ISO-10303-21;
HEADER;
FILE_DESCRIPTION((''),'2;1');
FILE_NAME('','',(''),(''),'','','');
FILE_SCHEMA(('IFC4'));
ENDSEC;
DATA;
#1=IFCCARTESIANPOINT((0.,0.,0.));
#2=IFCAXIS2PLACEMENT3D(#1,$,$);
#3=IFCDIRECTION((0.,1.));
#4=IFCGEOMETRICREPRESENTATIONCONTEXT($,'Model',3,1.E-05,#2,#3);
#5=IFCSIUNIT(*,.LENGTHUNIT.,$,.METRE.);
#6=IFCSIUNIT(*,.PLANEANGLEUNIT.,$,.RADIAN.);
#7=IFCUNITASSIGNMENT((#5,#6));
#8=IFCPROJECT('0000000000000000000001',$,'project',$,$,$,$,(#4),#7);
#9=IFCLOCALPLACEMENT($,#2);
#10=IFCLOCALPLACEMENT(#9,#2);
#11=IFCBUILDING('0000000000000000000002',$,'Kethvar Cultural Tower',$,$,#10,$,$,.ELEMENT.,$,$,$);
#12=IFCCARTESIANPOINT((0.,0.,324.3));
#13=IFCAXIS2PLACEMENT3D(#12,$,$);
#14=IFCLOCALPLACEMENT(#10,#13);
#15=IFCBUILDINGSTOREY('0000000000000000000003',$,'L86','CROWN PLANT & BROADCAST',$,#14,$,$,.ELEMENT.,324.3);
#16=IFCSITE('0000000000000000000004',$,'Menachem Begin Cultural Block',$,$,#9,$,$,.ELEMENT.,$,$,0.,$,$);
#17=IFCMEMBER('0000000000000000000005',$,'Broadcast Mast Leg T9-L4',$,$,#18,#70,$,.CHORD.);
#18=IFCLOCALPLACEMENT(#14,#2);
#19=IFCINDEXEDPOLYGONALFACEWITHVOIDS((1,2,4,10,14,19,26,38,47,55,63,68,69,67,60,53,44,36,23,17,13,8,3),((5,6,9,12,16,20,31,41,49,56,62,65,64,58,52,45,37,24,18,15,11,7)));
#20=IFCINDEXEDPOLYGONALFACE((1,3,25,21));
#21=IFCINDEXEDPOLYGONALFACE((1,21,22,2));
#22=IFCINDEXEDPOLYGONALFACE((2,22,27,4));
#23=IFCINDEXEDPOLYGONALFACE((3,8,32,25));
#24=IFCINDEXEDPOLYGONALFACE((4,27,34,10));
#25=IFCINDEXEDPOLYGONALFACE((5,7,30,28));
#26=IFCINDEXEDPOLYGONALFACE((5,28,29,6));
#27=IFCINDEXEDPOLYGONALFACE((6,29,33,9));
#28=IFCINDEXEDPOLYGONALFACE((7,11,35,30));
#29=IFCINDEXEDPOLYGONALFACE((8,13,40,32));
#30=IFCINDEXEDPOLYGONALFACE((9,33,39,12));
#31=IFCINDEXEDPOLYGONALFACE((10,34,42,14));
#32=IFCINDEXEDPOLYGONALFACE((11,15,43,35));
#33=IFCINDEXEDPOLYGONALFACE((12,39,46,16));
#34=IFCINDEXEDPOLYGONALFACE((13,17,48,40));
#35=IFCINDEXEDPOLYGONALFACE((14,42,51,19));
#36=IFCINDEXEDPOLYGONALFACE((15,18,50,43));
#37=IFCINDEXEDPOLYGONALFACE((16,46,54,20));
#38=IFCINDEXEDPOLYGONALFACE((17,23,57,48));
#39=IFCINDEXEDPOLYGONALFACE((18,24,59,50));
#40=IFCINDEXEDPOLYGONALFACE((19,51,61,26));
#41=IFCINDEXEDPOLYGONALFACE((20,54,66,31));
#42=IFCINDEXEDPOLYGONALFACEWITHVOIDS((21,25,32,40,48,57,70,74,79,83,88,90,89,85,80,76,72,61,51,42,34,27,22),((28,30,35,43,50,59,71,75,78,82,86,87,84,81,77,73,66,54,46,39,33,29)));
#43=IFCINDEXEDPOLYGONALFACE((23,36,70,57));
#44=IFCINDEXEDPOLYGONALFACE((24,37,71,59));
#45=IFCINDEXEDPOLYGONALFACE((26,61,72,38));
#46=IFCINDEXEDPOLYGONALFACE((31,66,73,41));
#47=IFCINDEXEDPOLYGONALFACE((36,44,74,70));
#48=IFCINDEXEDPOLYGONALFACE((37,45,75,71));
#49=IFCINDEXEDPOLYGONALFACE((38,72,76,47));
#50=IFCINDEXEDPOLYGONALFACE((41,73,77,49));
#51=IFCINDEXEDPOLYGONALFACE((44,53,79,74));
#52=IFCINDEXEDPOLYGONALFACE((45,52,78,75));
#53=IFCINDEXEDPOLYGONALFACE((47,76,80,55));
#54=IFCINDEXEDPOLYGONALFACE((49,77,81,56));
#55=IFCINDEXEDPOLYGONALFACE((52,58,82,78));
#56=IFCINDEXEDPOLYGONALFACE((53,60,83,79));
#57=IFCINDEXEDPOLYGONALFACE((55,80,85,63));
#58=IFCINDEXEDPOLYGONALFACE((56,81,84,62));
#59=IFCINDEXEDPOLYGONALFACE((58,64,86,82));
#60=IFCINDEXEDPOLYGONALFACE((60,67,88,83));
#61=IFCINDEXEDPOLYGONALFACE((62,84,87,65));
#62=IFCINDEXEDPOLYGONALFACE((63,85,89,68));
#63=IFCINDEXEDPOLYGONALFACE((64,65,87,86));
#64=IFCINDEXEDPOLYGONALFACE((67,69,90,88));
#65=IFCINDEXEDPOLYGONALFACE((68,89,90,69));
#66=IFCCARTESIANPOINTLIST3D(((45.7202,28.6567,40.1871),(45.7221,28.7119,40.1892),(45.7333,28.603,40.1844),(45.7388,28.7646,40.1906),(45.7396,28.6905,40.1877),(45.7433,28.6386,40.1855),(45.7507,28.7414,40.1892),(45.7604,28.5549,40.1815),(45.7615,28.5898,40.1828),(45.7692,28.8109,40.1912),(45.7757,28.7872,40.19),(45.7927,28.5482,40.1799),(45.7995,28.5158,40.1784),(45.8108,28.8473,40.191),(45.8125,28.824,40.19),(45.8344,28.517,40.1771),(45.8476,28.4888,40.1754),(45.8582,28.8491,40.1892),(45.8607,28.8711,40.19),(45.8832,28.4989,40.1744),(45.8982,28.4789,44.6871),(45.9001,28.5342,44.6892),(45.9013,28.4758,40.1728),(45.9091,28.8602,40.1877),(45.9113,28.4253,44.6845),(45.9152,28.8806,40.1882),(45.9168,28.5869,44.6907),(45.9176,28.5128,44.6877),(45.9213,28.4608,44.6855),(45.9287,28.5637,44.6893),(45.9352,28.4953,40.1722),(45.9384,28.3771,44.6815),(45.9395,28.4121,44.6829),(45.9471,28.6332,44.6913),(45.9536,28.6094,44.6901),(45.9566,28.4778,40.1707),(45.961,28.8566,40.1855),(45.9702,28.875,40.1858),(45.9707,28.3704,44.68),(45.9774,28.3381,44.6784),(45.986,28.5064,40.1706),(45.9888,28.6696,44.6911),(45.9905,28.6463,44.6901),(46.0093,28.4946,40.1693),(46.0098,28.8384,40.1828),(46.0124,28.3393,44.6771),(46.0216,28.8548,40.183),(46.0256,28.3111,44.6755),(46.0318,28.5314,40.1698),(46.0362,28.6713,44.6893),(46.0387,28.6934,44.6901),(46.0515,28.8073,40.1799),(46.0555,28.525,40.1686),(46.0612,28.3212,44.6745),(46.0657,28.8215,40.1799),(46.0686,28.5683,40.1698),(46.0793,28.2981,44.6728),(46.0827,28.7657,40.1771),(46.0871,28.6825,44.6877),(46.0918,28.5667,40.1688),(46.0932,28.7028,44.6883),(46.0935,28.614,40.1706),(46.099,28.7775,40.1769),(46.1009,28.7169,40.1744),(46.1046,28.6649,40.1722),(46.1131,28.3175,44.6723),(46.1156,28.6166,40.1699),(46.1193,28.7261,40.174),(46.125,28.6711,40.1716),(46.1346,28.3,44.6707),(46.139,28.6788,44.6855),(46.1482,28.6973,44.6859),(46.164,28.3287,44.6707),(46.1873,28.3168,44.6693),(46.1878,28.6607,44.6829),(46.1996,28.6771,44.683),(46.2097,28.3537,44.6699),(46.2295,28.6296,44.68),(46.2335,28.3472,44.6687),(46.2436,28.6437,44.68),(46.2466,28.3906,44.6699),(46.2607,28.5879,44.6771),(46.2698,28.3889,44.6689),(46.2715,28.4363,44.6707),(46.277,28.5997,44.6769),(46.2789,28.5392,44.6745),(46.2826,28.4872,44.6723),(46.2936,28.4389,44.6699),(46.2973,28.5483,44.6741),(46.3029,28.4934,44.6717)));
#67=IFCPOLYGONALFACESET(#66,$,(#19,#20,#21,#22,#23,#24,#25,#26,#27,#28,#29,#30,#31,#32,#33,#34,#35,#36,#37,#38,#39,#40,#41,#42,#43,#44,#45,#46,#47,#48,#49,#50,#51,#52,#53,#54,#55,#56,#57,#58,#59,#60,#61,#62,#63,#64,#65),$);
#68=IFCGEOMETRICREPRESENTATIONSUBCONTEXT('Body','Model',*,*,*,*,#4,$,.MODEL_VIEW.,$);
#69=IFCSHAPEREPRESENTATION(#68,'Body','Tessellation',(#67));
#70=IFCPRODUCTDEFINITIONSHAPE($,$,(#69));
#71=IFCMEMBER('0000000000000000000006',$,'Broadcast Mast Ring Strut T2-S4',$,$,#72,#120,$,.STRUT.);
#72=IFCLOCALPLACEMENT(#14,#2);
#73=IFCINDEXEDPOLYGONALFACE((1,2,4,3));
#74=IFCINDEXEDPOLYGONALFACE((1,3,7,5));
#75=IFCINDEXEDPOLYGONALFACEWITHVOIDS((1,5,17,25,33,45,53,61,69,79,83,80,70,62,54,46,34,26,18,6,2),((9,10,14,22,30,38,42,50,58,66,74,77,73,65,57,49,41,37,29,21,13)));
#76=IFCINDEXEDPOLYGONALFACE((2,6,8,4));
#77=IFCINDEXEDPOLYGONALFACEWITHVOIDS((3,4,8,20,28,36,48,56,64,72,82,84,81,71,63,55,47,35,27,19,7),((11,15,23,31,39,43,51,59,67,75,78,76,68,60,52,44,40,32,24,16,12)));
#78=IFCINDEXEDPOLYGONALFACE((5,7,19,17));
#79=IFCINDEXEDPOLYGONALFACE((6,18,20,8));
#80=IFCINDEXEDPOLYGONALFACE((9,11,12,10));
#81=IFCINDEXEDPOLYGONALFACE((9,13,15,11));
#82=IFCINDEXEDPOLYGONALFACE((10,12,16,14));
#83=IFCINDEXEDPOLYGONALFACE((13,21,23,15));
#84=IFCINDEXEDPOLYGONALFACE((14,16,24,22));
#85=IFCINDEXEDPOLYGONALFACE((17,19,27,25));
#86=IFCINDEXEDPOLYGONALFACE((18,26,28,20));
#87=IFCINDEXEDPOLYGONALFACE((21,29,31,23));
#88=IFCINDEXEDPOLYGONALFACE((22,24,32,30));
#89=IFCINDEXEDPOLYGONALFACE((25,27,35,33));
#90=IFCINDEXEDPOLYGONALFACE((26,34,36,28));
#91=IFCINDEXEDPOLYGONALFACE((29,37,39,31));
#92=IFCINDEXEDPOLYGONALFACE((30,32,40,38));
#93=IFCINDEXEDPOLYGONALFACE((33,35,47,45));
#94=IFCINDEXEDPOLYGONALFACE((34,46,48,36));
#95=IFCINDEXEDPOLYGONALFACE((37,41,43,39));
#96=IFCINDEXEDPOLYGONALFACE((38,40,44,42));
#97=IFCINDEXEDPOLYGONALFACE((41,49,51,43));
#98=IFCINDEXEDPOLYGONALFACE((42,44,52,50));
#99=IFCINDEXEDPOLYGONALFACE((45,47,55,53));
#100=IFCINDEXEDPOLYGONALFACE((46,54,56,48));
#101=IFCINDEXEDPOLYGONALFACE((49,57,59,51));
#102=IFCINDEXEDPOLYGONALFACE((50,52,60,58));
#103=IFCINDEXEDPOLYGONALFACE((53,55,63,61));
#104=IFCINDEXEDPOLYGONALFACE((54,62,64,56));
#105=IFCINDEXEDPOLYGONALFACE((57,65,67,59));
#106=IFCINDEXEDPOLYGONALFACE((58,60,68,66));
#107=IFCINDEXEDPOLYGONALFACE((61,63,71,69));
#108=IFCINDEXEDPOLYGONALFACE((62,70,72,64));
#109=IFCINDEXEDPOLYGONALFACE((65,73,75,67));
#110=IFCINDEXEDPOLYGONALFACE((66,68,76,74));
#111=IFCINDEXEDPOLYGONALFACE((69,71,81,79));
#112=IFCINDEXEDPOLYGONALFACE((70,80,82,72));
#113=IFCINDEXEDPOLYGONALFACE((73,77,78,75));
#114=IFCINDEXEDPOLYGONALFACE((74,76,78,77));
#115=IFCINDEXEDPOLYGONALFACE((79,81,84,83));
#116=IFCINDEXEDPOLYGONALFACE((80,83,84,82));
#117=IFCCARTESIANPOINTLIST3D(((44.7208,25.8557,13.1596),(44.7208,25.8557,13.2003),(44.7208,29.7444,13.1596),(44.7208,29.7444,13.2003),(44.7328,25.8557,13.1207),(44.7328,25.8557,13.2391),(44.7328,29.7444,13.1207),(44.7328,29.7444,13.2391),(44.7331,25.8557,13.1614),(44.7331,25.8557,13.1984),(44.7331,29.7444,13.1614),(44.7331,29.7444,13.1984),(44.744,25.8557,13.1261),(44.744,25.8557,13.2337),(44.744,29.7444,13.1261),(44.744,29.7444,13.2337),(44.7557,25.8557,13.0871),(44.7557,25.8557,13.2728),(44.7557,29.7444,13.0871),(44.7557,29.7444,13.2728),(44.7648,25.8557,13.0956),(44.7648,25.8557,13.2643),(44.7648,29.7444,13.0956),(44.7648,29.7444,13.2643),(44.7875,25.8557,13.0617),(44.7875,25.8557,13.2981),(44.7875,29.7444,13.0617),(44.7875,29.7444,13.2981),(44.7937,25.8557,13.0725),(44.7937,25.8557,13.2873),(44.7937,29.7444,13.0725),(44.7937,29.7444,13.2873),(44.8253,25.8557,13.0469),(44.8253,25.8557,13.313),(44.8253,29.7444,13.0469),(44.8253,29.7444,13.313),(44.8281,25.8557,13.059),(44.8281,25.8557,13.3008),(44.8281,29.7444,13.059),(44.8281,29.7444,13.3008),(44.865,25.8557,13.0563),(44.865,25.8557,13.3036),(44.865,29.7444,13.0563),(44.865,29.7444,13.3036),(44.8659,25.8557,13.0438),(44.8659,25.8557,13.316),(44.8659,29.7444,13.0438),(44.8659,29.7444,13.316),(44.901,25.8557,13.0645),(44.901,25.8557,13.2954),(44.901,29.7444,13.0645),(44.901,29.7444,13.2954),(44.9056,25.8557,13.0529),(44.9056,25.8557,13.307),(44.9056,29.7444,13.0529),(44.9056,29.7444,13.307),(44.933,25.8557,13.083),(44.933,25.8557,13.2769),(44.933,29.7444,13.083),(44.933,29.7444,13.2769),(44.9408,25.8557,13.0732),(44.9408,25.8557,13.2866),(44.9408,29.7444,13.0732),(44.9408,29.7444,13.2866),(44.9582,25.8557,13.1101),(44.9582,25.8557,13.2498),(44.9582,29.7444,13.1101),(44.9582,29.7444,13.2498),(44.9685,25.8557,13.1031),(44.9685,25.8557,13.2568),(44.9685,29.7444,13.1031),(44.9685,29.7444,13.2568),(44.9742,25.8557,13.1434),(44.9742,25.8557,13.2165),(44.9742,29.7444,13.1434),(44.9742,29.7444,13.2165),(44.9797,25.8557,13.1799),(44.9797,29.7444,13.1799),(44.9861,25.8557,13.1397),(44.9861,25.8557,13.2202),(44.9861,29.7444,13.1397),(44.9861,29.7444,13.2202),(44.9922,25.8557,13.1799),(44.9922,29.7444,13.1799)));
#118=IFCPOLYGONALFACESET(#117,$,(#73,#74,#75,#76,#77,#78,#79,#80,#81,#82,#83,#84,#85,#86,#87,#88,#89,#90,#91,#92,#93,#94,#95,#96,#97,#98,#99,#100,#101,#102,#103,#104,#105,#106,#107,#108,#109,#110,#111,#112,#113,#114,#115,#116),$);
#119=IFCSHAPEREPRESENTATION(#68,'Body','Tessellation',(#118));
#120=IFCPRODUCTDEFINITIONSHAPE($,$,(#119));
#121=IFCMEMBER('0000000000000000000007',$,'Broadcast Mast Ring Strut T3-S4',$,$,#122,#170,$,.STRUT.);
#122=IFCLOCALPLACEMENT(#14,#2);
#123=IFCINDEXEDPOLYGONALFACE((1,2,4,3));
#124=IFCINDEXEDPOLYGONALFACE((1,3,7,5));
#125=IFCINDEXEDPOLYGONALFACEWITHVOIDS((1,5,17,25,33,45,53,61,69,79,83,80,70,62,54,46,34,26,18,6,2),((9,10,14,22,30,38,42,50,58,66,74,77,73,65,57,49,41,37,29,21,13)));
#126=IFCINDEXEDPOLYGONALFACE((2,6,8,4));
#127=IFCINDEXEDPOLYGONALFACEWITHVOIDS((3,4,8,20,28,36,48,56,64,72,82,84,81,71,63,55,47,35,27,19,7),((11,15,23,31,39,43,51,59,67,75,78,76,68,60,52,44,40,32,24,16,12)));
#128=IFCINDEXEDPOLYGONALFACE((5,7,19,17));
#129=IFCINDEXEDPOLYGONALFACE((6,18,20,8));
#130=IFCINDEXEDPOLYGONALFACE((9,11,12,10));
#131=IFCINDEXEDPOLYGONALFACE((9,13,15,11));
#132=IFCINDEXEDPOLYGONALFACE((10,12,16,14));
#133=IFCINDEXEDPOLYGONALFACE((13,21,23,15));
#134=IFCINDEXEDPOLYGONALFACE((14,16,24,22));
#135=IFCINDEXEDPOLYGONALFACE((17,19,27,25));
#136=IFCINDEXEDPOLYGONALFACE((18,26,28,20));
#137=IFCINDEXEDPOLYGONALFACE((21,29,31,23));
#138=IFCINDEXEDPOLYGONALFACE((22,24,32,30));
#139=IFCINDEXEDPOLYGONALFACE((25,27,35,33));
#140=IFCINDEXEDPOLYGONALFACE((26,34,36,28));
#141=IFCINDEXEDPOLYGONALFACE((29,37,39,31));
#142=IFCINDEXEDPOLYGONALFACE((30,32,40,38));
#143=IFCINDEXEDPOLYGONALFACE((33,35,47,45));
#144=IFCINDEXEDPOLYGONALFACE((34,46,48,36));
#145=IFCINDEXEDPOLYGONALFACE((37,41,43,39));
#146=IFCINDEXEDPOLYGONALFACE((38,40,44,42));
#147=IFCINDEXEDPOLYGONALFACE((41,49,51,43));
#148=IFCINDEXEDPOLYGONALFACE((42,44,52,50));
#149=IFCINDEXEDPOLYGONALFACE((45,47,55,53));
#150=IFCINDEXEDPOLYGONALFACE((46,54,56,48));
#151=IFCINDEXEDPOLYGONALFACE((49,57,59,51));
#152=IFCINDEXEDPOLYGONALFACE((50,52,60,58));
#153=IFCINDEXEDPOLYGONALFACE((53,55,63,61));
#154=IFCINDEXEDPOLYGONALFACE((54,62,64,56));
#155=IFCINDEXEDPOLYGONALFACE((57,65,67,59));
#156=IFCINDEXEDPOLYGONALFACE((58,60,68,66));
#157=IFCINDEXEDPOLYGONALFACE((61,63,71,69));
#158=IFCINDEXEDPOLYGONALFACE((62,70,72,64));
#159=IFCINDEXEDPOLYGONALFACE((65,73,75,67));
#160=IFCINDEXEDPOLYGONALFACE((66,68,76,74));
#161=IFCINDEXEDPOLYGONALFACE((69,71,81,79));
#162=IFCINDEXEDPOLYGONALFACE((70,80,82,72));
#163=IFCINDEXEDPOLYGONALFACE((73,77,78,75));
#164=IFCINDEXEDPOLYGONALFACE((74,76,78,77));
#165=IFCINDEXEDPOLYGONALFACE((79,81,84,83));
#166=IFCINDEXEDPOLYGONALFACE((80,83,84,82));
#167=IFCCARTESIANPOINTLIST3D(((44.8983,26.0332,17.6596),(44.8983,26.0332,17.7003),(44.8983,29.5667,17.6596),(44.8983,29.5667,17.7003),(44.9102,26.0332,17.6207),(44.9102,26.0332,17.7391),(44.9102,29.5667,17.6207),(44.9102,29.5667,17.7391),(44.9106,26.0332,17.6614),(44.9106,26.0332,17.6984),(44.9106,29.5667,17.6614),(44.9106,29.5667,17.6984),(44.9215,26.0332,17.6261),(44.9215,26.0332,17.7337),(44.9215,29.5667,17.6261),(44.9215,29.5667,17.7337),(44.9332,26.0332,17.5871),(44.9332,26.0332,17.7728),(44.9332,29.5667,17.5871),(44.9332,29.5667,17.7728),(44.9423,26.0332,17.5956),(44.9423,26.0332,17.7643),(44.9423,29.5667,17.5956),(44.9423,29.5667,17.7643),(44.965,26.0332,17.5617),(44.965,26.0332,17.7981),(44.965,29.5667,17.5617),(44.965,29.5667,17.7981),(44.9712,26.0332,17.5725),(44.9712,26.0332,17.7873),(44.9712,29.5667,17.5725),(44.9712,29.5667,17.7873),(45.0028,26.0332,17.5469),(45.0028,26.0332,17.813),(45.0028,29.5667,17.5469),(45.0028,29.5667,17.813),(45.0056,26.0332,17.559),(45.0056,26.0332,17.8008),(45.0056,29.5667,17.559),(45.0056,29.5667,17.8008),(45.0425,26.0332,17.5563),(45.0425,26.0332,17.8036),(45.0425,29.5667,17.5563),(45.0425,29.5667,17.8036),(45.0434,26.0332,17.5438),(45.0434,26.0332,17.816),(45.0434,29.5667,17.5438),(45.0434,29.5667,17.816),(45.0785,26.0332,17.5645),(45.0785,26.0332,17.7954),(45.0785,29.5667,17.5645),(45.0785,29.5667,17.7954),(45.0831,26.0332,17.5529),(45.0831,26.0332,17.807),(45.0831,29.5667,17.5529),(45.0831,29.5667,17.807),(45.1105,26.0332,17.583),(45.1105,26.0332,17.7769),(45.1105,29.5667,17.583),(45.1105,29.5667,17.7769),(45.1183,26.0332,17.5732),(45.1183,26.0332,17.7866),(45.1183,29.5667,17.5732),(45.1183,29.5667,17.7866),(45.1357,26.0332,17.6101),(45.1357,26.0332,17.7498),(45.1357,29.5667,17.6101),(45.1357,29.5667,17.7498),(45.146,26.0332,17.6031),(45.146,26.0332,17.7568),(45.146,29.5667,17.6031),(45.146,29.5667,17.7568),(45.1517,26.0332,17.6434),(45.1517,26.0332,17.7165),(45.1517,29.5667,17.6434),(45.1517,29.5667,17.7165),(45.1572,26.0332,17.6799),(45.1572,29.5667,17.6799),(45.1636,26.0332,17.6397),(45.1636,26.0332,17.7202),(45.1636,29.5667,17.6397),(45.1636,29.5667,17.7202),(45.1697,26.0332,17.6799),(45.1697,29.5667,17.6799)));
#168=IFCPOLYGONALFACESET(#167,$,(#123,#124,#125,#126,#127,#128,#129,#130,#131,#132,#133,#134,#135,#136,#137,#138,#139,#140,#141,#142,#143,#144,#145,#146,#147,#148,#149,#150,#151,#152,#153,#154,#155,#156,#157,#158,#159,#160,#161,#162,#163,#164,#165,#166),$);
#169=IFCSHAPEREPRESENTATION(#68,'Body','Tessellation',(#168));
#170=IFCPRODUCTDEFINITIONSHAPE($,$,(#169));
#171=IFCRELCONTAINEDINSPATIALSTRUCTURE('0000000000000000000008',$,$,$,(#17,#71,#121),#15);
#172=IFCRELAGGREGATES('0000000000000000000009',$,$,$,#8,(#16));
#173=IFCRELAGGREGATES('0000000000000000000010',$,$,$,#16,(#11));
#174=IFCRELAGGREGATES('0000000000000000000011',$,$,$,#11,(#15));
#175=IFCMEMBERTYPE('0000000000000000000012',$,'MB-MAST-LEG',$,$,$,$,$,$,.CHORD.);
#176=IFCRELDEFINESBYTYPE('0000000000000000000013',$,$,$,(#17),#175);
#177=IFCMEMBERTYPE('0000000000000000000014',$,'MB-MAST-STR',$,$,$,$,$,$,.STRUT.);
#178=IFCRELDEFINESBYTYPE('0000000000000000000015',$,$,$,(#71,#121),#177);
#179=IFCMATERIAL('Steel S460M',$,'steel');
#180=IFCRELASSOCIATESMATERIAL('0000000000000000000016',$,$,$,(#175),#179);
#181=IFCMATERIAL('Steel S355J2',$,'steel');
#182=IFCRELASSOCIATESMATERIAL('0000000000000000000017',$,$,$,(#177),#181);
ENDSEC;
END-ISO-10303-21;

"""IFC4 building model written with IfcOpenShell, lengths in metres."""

from ifc_helpers import new_model, si_unit, direction, frame, origin, origin_2d, place, context, subcontext, project, spatial, hollow_circle, extrude, source, transform, mapped, material, material_profile, profile_set, type_object, element, save


model = new_model("IFC4")

# Units and contexts
model_context = context("Model", 3, precision=1e-05, world=origin(), true_north=direction((0.0, 1.0)))
body_context = subcontext(model_context, "Body", "Model", "MODEL_VIEW")
ifc_project = project(units=[si_unit("LENGTHUNIT", "METRE"), si_unit("PLANEANGLEUNIT", "RADIAN")], contexts=[model_context])

# Site, building, storey
site_placement = place(None, origin())
site = spatial("IfcSite", under=ifc_project, at=site_placement, Name="Menachem Begin Cultural Block", CompositionType="ELEMENT", RefElevation=0.0)
building_placement = place(site_placement, origin())
building = spatial("IfcBuilding", under=site, at=building_placement, Name="Kethvar Cultural Tower", CompositionType="ELEMENT")
storey_placement = place(building_placement, frame((0.0, 0.0, 324.3)))
storey = spatial("IfcBuildingStorey", under=building, at=storey_placement, Name="L86", Description="CROWN PLANT & BROADCAST", CompositionType="ELEMENT", Elevation=324.3)

# Shared definitions
ifc_material_1 = material(Name="Steel S355J2", Category="steel")

# Members
ifc_material_2 = material(Name="Steel S460M", Category="steel")
ifc_material_profile_1 = material_profile(ifc_material_2, hollow_circle(Radius=0.2031, WallThickness=0.02, at=origin_2d()), Name="Steel S460M — CHS406x20")
ifc_profile_set_1 = profile_set([ifc_material_profile_1], Name="Steel S460M — CHS406x20")
member_type_1 = type_object("IfcMemberType", Name="MB-MAST-LEG", PredefinedType="CHORD", material=ifc_profile_set_1)
shared_shape_1 = source(origin(), body_context, "Body", "SweptSolid", [
    extrude(hollow_circle(Radius=0.2031, WallThickness=0.02, at=origin_2d()), origin(), (0.0, 0.0, 1.0), 4.5071),
])
for number, where, z_axis, x_axis, name in (
    (1, (45.9221, 28.6777, 40.1799), (0.039489, -0.039435, 0.998442), (0.706621, 0.707592, 0.0), "Broadcast Mast Leg T9-L4"),
):
    element("IfcMember", number, at=place(storey_placement, frame(where, z_axis=z_axis, x_axis=x_axis)), inside=storey, type_object=member_type_1, Name=name, PredefinedType="CHORD", context=body_context, shape_type="MappedRepresentation", body=[
        mapped(shared_shape_1, transform((0.0, 0.0, 0.0), scale=1.0)),
    ])
ifc_material_profile_2 = material_profile(ifc_material_1, hollow_circle(Radius=0.1365, WallThickness=0.0125, at=origin_2d()), Name="Steel S355J2 — CHS273x12.5")
ifc_profile_set_2 = profile_set([ifc_material_profile_2], Name="Steel S355J2 — CHS273x12.5")
member_type_2 = type_object("IfcMemberType", Name="MB-MAST-STR", PredefinedType="STRUT", material=ifc_profile_set_2)
shared_shape_2 = source(origin(), body_context, "Body", "SweptSolid", [
    extrude(hollow_circle(Radius=0.1365, WallThickness=0.0125, at=origin_2d()), origin(), (0.0, 0.0, 1.0), 3.8887),
])
member_1_placement = place(storey_placement, frame((44.8557, 29.7444, 13.1799), z_axis=(0.0, -1.0, 0.0), x_axis=(1.0, 0.0, 0.0)))
element("IfcMember", 2, at=member_1_placement, inside=storey, type_object=member_type_2, Name="Broadcast Mast Ring Strut T2-S4", PredefinedType="STRUT", context=body_context, shape_type="MappedRepresentation", body=[
    mapped(shared_shape_2, transform((0.0, 0.0, 0.0), scale=1.0)),
])
shared_shape_3 = source(origin(), body_context, "Body", "SweptSolid", [
    extrude(hollow_circle(Radius=0.1365, WallThickness=0.0125, at=origin_2d()), origin(), (0.0, 0.0, 1.0), 3.5334),
])
member_2_placement = place(storey_placement, frame((45.0332, 29.5667, 17.6799), z_axis=(0.0, -1.0, 0.0), x_axis=(1.0, 0.0, 0.0)))
element("IfcMember", 3, at=member_2_placement, inside=storey, type_object=member_type_2, Name="Broadcast Mast Ring Strut T3-S4", PredefinedType="STRUT", context=body_context, shape_type="MappedRepresentation", body=[
    mapped(shared_shape_3, transform((0.0, 0.0, 0.0), scale=1.0)),
])

save(model, "model.ifc")
